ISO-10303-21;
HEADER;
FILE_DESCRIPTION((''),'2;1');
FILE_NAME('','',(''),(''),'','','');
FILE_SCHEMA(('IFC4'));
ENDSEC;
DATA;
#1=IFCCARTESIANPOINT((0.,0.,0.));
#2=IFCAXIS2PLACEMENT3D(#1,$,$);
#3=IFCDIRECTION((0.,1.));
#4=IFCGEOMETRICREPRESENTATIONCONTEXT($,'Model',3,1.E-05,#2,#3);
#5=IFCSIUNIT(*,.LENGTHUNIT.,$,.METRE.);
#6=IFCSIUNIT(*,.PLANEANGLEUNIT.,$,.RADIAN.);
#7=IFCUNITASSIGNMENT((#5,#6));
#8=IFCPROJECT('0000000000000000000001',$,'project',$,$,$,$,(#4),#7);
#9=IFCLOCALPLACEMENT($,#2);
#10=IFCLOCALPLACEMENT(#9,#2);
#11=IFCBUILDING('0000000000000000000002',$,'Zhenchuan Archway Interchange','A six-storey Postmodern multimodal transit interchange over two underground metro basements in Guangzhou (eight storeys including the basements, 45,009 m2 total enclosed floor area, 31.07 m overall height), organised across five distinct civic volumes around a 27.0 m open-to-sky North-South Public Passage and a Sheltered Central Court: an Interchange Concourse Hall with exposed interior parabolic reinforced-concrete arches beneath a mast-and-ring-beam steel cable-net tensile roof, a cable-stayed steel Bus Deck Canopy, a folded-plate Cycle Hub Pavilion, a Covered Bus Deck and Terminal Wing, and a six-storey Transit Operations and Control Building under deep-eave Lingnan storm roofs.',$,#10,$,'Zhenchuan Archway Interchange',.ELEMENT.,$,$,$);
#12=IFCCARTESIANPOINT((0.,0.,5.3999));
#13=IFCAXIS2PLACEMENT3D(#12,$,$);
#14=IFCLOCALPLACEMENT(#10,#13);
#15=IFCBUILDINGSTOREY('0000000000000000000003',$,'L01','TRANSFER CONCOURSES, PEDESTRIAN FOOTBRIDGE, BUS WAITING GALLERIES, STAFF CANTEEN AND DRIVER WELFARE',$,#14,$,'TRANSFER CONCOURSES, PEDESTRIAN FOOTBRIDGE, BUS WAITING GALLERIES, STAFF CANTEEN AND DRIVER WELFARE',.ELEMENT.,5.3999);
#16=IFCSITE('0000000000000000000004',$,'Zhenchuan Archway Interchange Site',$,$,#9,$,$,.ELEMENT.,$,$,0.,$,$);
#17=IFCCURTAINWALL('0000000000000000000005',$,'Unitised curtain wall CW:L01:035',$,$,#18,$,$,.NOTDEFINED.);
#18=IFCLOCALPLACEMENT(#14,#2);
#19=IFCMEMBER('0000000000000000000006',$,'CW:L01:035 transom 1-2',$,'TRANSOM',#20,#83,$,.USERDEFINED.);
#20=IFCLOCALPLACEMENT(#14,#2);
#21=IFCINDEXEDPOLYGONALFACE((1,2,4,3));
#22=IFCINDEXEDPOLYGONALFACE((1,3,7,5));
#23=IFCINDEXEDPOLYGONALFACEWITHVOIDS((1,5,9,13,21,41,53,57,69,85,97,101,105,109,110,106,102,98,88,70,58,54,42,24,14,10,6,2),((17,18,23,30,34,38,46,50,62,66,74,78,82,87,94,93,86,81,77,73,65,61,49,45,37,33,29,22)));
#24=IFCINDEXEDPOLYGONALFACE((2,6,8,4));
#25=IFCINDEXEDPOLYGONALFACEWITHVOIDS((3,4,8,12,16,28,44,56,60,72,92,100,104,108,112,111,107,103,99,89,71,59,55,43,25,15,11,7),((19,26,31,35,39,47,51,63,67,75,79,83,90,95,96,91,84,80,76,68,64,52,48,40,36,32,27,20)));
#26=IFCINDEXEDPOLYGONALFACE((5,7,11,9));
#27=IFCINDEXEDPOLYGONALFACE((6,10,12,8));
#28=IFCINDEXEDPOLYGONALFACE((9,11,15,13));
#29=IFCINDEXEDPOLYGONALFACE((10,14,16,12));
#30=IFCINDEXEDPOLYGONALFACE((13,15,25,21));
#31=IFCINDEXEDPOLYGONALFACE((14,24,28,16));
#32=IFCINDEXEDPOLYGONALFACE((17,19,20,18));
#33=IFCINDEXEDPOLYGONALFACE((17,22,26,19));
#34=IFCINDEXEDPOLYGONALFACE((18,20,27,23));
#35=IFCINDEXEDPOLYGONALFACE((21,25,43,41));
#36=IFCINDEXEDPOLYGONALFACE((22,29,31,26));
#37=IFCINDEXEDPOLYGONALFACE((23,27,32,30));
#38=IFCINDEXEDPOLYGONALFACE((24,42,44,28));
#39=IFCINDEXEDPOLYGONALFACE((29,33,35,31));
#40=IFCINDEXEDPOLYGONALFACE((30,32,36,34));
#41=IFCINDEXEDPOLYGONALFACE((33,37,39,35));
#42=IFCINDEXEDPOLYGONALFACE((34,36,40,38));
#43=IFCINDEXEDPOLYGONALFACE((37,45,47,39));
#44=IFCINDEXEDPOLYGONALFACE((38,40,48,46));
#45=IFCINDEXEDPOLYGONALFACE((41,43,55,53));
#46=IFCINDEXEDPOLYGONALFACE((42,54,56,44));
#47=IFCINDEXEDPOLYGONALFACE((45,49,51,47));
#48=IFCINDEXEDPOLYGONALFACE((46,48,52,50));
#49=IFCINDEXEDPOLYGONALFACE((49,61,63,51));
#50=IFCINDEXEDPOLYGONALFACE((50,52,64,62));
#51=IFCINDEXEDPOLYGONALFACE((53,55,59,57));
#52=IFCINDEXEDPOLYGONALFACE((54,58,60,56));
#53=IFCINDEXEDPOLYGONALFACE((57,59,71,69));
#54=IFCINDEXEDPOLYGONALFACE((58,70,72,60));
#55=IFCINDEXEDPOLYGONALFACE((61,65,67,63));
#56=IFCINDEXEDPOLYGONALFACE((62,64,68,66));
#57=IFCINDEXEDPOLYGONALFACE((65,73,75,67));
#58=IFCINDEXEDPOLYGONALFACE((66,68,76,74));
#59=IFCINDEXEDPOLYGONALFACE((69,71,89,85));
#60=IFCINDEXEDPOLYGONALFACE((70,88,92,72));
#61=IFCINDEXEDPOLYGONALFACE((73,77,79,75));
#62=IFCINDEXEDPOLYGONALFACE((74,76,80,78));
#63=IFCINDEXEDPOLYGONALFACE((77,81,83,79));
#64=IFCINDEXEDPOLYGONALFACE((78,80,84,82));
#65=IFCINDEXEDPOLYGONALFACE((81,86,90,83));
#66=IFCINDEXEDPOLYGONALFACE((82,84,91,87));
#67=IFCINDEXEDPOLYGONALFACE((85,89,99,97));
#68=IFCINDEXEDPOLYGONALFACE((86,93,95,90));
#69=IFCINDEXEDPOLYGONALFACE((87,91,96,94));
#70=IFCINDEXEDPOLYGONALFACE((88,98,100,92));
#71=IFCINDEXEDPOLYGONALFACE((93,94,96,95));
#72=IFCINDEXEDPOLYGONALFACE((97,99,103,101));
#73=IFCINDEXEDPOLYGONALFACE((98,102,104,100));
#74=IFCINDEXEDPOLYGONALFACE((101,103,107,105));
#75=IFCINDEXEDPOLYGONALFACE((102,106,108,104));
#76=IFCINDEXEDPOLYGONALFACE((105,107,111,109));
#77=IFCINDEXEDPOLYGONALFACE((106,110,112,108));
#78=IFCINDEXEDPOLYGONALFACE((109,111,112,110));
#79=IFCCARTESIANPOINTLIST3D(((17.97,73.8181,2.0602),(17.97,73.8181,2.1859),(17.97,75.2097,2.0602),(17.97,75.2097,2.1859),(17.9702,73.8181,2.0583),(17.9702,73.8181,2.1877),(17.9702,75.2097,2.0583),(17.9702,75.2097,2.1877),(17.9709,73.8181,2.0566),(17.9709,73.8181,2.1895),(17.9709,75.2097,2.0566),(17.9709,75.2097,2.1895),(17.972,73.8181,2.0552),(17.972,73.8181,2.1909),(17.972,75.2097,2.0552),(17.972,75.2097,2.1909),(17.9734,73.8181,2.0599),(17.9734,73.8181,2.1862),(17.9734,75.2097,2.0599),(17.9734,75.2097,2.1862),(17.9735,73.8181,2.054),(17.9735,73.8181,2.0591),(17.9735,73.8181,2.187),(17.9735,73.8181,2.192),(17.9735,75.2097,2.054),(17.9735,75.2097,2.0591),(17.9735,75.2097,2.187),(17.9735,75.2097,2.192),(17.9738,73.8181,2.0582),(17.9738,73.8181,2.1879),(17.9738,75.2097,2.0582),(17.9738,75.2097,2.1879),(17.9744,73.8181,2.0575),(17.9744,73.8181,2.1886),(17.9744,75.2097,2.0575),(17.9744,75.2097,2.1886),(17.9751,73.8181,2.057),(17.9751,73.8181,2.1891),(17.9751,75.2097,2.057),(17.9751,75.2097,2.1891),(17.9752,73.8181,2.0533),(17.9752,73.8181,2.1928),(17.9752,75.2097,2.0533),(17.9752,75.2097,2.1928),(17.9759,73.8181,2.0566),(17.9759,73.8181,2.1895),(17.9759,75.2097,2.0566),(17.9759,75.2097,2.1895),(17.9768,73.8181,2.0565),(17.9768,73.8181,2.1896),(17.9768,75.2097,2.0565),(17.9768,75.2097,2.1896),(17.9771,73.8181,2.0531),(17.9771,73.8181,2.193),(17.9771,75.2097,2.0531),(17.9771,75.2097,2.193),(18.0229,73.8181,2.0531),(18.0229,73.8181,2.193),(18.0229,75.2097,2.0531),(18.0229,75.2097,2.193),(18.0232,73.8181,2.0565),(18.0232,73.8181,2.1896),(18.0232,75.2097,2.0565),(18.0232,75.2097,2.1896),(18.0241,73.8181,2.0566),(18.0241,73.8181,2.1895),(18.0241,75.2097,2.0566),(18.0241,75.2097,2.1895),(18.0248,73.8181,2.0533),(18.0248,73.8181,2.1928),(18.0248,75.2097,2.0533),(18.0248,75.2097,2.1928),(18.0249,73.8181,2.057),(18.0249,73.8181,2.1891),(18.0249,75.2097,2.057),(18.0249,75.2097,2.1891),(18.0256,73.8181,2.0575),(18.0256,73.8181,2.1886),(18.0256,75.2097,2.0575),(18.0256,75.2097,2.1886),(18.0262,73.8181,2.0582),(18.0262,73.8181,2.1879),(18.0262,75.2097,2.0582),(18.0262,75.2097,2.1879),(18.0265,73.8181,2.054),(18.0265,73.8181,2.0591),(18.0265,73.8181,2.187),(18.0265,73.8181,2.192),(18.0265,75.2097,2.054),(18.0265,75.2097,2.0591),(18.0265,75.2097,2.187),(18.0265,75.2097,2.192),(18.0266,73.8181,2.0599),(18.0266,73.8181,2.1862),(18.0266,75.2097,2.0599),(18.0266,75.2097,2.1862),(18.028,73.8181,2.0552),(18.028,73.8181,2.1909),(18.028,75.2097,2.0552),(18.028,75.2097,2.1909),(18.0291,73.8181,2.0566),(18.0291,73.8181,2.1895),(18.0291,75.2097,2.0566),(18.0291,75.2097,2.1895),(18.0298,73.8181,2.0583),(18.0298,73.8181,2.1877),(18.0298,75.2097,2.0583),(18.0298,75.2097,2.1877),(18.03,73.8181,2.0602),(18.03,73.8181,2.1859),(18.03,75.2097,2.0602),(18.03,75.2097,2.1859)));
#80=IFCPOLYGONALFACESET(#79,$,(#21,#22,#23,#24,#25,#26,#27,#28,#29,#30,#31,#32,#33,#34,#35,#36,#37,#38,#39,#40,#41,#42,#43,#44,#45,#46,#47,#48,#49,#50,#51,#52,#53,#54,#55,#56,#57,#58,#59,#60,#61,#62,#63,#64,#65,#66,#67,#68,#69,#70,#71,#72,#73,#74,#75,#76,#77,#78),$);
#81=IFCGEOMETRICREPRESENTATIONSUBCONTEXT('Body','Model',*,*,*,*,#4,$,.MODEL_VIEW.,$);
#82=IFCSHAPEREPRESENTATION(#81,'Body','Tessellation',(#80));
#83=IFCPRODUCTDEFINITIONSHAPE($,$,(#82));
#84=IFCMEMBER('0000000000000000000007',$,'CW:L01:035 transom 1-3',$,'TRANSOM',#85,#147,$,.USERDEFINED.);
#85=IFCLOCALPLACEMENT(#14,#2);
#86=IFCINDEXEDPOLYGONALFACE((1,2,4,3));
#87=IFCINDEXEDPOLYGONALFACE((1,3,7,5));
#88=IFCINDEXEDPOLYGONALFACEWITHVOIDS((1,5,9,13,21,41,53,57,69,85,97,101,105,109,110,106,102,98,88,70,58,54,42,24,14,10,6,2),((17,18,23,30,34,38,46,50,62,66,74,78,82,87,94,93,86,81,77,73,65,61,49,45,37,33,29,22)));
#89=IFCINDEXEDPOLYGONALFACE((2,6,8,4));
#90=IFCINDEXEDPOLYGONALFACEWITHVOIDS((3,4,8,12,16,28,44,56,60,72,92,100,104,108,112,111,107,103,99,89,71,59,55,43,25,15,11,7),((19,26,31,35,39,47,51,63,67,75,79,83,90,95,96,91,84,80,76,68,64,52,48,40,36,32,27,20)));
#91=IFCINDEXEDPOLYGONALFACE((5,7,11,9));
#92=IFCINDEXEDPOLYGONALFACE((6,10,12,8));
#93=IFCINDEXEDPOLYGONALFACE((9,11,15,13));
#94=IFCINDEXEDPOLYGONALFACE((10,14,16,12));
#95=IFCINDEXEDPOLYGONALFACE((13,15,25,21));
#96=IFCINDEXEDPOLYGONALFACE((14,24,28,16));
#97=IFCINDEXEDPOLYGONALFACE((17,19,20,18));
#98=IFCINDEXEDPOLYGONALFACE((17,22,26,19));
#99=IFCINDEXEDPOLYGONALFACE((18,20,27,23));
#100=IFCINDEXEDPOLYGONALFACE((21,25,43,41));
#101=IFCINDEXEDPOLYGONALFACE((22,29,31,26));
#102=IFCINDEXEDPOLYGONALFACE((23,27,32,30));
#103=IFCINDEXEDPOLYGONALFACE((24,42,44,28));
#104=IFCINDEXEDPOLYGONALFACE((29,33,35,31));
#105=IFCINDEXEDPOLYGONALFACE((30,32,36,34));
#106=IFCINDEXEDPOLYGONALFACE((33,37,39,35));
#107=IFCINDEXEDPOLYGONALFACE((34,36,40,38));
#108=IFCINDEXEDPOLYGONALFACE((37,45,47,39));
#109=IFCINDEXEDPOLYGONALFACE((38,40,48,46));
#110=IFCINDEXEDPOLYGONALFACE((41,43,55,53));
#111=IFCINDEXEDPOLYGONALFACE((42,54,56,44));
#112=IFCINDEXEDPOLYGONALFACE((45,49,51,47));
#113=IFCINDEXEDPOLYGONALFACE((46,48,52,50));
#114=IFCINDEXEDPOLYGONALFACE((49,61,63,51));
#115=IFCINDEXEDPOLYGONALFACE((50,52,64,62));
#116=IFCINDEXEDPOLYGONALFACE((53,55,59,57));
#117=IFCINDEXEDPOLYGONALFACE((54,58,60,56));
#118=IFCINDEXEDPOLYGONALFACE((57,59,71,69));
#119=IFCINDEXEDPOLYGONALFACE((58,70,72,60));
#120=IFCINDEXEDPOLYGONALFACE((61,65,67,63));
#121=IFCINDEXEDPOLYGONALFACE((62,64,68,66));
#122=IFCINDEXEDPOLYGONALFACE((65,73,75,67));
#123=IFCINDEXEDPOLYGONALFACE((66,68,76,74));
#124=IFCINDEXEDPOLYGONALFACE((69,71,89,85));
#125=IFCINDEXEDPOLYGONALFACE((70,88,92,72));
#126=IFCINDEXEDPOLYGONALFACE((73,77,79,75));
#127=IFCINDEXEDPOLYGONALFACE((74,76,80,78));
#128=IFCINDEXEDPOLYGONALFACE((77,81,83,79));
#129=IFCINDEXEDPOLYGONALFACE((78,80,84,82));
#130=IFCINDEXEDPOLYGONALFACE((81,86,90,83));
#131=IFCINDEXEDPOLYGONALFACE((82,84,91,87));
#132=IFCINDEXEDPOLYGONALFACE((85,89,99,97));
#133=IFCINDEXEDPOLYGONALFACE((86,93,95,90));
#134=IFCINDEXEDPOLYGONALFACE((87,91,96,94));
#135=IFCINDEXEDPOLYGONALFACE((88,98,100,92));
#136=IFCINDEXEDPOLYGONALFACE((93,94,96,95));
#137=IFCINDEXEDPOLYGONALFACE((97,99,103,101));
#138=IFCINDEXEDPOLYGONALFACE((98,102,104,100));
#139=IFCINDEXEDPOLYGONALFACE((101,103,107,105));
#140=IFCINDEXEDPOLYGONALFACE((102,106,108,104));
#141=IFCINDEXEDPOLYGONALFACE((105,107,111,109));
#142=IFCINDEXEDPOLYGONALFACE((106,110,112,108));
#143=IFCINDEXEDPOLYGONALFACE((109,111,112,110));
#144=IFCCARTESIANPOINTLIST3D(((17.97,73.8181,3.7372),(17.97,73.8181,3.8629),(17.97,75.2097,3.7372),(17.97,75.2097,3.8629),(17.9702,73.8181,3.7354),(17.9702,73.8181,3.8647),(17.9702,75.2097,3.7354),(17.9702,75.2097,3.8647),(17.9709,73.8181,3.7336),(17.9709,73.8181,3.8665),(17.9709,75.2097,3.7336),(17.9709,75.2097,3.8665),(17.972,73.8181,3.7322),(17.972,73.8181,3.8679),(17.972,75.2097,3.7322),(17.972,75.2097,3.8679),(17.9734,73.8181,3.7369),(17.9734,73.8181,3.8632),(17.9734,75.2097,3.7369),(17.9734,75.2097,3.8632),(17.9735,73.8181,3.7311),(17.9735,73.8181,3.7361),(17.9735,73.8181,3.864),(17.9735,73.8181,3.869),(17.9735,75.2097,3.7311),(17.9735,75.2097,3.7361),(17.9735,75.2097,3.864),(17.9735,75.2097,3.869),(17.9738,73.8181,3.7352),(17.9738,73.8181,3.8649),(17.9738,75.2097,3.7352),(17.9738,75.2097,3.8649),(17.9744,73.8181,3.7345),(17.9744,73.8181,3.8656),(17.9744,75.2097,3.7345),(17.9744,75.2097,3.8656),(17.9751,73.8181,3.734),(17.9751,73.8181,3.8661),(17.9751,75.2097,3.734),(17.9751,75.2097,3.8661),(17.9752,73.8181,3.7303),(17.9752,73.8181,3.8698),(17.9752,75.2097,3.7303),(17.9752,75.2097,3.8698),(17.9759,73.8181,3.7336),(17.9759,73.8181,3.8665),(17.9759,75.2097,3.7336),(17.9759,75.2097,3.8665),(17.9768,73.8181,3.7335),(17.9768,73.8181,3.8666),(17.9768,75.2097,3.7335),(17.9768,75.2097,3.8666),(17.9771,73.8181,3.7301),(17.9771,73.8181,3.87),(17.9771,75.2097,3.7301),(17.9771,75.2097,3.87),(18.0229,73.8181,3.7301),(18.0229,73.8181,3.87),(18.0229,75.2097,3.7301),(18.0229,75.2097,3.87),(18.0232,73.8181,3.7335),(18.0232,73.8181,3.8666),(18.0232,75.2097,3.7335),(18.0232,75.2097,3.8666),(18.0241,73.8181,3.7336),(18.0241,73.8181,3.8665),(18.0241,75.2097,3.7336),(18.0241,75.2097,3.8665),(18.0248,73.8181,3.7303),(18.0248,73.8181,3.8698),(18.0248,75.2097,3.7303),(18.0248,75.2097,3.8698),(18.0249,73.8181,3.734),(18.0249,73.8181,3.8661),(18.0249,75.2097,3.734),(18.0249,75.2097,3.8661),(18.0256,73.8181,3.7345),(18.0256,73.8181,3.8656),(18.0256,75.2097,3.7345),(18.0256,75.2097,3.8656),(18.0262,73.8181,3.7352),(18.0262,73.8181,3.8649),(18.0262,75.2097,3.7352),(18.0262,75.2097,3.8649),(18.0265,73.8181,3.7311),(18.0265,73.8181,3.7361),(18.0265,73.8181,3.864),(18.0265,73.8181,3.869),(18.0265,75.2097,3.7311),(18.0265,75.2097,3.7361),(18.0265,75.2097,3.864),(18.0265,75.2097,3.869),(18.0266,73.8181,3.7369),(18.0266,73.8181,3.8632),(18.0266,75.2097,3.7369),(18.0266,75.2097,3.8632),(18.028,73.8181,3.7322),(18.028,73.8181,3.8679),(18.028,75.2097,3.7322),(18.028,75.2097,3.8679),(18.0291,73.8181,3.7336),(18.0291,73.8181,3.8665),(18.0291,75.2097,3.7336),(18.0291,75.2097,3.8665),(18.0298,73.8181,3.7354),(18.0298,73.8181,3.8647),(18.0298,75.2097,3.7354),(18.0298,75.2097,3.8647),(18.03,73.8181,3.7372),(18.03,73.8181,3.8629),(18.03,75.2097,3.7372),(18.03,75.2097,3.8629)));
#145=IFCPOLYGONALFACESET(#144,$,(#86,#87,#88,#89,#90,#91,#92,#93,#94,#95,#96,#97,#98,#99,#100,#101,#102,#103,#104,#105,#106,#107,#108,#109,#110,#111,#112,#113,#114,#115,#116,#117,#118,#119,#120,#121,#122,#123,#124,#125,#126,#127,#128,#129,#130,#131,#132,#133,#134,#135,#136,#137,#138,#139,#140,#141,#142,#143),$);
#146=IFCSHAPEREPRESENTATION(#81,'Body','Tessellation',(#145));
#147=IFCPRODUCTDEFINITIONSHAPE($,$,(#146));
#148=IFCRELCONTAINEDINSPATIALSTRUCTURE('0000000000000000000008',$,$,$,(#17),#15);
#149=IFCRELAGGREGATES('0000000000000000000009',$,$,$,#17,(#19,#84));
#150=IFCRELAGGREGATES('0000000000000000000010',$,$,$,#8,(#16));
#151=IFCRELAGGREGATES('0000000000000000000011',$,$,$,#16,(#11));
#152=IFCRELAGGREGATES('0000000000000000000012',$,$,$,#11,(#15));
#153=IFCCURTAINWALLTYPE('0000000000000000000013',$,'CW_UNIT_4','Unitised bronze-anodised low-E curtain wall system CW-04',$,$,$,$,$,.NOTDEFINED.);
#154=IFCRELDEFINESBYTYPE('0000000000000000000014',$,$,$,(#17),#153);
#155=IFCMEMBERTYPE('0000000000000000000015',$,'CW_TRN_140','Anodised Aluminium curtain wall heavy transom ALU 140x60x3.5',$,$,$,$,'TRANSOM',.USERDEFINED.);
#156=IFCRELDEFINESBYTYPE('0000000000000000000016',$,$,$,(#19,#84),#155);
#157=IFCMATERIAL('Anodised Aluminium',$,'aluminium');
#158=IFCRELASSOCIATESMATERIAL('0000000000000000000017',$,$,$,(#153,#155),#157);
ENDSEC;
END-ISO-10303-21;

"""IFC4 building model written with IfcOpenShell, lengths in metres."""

from ifc_helpers import new_model, si_unit, direction, frame, origin, origin_2d, place, context, subcontext, project, spatial, hollow_rectangle, extrude, material, material_profile, profile_set, type_object, element, aggregate, save


model = new_model("IFC4")

# Units and contexts
model_context = context("Model", 3, precision=1e-05, world=origin(), true_north=direction((0.0, 1.0)))
body_context = subcontext(model_context, "Body", "Model", "MODEL_VIEW")
ifc_project = project(units=[si_unit("LENGTHUNIT", "METRE"), si_unit("PLANEANGLEUNIT", "RADIAN")], contexts=[model_context])

# Site, building, storey
site_placement = place(None, origin())
site = spatial("IfcSite", under=ifc_project, at=site_placement, Name="Zhenchuan Archway Interchange Site", CompositionType="ELEMENT", RefElevation=0.0)
building_placement = place(site_placement, origin())
building = spatial("IfcBuilding", under=site, at=building_placement, Name="Zhenchuan Archway Interchange", Description="A six-storey Postmodern multimodal transit interchange over two underground metro basements in Guangzhou (eight storeys including the basements, 45,009 m2 total enclosed floor area, 31.07 m overall height), organised across five distinct civic volumes around a 27.0 m open-to-sky North-South Public Passage and a Sheltered Central Court: an Interchange Concourse Hall with exposed interior parabolic reinforced-concrete arches beneath a mast-and-ring-beam steel cable-net tensile roof, a cable-stayed steel Bus Deck Canopy, a folded-plate Cycle Hub Pavilion, a Covered Bus Deck and Terminal Wing, and a six-storey Transit Operations and Control Building under deep-eave Lingnan storm roofs.", LongName="Zhenchuan Archway Interchange", CompositionType="ELEMENT")
storey_placement = place(building_placement, frame((0.0, 0.0, 5.3999)))
storey = spatial("IfcBuildingStorey", under=building, at=storey_placement, Name="L01", Description="TRANSFER CONCOURSES, PEDESTRIAN FOOTBRIDGE, BUS WAITING GALLERIES, STAFF CANTEEN AND DRIVER WELFARE", LongName="TRANSFER CONCOURSES, PEDESTRIAN FOOTBRIDGE, BUS WAITING GALLERIES, STAFF CANTEEN AND DRIVER WELFARE", CompositionType="ELEMENT", Elevation=5.3999)

# Curtain wall, members
ifc_material_1 = material(Name="Anodised Aluminium", Category="aluminium")
curtain_wall_type = type_object("IfcCurtainWallType", Name="CW_UNIT_4", Description="Unitised bronze-anodised low-E curtain wall system CW-04", PredefinedType="NOTDEFINED", material=ifc_material_1)
curtain_wall_placement = place(storey_placement, origin())
curtain_wall = element("IfcCurtainWall", 1, at=curtain_wall_placement, inside=storey, type_object=curtain_wall_type, Name="Unitised curtain wall CW:L01:035", PredefinedType="NOTDEFINED")
ifc_material_profile_1 = material_profile(ifc_material_1, hollow_rectangle(XDim=0.0601, YDim=0.1399, WallThickness=0.0034, InnerFilletRadius=0.0034, OuterFilletRadius=0.0071, at=origin_2d()), Name="ALU 140x60x3.5")
ifc_profile_set_1 = profile_set([ifc_material_profile_1], Name="Anodised Aluminium")
member_type_1 = type_object("IfcMemberType", Name="CW_TRN_140", Description="Anodised Aluminium curtain wall heavy transom ALU 140x60x3.5", ElementType="TRANSOM", PredefinedType="USERDEFINED", material=ifc_profile_set_1)
member_1_placement = place(storey_placement, frame((18.0, 73.8181, 2.123), z_axis=(0.0, 1.0, 0.0), x_axis=(-1.0, 0.0, 0.0)))
member_1 = element("IfcMember", 2, at=member_1_placement, type_object=member_type_1, Name="CW:L01:035 transom 1-2", ObjectType="TRANSOM", PredefinedType="USERDEFINED", context=body_context, shape_type="SweptSolid", body=[
    extrude(hollow_rectangle(XDim=0.0601, YDim=0.1399, WallThickness=0.0034, InnerFilletRadius=0.0034, OuterFilletRadius=0.0071, at=origin_2d()), origin(), (0.0, 0.0, 1.0), 1.3916),
])
member_2_placement = place(storey_placement, frame((18.0, 73.8181, 3.8), z_axis=(0.0, 1.0, 0.0), x_axis=(-1.0, 0.0, 0.0)))
member_2 = element("IfcMember", 3, at=member_2_placement, type_object=member_type_1, Name="CW:L01:035 transom 1-3", ObjectType="TRANSOM", PredefinedType="USERDEFINED", context=body_context, shape_type="SweptSolid", body=[
    extrude(hollow_rectangle(XDim=0.0601, YDim=0.1399, WallThickness=0.0034, InnerFilletRadius=0.0034, OuterFilletRadius=0.0071, at=origin_2d()), origin(), (0.0, 0.0, 1.0), 1.3916),
])
aggregate(curtain_wall, [member_1, member_2])

save(model, "model.ifc")
